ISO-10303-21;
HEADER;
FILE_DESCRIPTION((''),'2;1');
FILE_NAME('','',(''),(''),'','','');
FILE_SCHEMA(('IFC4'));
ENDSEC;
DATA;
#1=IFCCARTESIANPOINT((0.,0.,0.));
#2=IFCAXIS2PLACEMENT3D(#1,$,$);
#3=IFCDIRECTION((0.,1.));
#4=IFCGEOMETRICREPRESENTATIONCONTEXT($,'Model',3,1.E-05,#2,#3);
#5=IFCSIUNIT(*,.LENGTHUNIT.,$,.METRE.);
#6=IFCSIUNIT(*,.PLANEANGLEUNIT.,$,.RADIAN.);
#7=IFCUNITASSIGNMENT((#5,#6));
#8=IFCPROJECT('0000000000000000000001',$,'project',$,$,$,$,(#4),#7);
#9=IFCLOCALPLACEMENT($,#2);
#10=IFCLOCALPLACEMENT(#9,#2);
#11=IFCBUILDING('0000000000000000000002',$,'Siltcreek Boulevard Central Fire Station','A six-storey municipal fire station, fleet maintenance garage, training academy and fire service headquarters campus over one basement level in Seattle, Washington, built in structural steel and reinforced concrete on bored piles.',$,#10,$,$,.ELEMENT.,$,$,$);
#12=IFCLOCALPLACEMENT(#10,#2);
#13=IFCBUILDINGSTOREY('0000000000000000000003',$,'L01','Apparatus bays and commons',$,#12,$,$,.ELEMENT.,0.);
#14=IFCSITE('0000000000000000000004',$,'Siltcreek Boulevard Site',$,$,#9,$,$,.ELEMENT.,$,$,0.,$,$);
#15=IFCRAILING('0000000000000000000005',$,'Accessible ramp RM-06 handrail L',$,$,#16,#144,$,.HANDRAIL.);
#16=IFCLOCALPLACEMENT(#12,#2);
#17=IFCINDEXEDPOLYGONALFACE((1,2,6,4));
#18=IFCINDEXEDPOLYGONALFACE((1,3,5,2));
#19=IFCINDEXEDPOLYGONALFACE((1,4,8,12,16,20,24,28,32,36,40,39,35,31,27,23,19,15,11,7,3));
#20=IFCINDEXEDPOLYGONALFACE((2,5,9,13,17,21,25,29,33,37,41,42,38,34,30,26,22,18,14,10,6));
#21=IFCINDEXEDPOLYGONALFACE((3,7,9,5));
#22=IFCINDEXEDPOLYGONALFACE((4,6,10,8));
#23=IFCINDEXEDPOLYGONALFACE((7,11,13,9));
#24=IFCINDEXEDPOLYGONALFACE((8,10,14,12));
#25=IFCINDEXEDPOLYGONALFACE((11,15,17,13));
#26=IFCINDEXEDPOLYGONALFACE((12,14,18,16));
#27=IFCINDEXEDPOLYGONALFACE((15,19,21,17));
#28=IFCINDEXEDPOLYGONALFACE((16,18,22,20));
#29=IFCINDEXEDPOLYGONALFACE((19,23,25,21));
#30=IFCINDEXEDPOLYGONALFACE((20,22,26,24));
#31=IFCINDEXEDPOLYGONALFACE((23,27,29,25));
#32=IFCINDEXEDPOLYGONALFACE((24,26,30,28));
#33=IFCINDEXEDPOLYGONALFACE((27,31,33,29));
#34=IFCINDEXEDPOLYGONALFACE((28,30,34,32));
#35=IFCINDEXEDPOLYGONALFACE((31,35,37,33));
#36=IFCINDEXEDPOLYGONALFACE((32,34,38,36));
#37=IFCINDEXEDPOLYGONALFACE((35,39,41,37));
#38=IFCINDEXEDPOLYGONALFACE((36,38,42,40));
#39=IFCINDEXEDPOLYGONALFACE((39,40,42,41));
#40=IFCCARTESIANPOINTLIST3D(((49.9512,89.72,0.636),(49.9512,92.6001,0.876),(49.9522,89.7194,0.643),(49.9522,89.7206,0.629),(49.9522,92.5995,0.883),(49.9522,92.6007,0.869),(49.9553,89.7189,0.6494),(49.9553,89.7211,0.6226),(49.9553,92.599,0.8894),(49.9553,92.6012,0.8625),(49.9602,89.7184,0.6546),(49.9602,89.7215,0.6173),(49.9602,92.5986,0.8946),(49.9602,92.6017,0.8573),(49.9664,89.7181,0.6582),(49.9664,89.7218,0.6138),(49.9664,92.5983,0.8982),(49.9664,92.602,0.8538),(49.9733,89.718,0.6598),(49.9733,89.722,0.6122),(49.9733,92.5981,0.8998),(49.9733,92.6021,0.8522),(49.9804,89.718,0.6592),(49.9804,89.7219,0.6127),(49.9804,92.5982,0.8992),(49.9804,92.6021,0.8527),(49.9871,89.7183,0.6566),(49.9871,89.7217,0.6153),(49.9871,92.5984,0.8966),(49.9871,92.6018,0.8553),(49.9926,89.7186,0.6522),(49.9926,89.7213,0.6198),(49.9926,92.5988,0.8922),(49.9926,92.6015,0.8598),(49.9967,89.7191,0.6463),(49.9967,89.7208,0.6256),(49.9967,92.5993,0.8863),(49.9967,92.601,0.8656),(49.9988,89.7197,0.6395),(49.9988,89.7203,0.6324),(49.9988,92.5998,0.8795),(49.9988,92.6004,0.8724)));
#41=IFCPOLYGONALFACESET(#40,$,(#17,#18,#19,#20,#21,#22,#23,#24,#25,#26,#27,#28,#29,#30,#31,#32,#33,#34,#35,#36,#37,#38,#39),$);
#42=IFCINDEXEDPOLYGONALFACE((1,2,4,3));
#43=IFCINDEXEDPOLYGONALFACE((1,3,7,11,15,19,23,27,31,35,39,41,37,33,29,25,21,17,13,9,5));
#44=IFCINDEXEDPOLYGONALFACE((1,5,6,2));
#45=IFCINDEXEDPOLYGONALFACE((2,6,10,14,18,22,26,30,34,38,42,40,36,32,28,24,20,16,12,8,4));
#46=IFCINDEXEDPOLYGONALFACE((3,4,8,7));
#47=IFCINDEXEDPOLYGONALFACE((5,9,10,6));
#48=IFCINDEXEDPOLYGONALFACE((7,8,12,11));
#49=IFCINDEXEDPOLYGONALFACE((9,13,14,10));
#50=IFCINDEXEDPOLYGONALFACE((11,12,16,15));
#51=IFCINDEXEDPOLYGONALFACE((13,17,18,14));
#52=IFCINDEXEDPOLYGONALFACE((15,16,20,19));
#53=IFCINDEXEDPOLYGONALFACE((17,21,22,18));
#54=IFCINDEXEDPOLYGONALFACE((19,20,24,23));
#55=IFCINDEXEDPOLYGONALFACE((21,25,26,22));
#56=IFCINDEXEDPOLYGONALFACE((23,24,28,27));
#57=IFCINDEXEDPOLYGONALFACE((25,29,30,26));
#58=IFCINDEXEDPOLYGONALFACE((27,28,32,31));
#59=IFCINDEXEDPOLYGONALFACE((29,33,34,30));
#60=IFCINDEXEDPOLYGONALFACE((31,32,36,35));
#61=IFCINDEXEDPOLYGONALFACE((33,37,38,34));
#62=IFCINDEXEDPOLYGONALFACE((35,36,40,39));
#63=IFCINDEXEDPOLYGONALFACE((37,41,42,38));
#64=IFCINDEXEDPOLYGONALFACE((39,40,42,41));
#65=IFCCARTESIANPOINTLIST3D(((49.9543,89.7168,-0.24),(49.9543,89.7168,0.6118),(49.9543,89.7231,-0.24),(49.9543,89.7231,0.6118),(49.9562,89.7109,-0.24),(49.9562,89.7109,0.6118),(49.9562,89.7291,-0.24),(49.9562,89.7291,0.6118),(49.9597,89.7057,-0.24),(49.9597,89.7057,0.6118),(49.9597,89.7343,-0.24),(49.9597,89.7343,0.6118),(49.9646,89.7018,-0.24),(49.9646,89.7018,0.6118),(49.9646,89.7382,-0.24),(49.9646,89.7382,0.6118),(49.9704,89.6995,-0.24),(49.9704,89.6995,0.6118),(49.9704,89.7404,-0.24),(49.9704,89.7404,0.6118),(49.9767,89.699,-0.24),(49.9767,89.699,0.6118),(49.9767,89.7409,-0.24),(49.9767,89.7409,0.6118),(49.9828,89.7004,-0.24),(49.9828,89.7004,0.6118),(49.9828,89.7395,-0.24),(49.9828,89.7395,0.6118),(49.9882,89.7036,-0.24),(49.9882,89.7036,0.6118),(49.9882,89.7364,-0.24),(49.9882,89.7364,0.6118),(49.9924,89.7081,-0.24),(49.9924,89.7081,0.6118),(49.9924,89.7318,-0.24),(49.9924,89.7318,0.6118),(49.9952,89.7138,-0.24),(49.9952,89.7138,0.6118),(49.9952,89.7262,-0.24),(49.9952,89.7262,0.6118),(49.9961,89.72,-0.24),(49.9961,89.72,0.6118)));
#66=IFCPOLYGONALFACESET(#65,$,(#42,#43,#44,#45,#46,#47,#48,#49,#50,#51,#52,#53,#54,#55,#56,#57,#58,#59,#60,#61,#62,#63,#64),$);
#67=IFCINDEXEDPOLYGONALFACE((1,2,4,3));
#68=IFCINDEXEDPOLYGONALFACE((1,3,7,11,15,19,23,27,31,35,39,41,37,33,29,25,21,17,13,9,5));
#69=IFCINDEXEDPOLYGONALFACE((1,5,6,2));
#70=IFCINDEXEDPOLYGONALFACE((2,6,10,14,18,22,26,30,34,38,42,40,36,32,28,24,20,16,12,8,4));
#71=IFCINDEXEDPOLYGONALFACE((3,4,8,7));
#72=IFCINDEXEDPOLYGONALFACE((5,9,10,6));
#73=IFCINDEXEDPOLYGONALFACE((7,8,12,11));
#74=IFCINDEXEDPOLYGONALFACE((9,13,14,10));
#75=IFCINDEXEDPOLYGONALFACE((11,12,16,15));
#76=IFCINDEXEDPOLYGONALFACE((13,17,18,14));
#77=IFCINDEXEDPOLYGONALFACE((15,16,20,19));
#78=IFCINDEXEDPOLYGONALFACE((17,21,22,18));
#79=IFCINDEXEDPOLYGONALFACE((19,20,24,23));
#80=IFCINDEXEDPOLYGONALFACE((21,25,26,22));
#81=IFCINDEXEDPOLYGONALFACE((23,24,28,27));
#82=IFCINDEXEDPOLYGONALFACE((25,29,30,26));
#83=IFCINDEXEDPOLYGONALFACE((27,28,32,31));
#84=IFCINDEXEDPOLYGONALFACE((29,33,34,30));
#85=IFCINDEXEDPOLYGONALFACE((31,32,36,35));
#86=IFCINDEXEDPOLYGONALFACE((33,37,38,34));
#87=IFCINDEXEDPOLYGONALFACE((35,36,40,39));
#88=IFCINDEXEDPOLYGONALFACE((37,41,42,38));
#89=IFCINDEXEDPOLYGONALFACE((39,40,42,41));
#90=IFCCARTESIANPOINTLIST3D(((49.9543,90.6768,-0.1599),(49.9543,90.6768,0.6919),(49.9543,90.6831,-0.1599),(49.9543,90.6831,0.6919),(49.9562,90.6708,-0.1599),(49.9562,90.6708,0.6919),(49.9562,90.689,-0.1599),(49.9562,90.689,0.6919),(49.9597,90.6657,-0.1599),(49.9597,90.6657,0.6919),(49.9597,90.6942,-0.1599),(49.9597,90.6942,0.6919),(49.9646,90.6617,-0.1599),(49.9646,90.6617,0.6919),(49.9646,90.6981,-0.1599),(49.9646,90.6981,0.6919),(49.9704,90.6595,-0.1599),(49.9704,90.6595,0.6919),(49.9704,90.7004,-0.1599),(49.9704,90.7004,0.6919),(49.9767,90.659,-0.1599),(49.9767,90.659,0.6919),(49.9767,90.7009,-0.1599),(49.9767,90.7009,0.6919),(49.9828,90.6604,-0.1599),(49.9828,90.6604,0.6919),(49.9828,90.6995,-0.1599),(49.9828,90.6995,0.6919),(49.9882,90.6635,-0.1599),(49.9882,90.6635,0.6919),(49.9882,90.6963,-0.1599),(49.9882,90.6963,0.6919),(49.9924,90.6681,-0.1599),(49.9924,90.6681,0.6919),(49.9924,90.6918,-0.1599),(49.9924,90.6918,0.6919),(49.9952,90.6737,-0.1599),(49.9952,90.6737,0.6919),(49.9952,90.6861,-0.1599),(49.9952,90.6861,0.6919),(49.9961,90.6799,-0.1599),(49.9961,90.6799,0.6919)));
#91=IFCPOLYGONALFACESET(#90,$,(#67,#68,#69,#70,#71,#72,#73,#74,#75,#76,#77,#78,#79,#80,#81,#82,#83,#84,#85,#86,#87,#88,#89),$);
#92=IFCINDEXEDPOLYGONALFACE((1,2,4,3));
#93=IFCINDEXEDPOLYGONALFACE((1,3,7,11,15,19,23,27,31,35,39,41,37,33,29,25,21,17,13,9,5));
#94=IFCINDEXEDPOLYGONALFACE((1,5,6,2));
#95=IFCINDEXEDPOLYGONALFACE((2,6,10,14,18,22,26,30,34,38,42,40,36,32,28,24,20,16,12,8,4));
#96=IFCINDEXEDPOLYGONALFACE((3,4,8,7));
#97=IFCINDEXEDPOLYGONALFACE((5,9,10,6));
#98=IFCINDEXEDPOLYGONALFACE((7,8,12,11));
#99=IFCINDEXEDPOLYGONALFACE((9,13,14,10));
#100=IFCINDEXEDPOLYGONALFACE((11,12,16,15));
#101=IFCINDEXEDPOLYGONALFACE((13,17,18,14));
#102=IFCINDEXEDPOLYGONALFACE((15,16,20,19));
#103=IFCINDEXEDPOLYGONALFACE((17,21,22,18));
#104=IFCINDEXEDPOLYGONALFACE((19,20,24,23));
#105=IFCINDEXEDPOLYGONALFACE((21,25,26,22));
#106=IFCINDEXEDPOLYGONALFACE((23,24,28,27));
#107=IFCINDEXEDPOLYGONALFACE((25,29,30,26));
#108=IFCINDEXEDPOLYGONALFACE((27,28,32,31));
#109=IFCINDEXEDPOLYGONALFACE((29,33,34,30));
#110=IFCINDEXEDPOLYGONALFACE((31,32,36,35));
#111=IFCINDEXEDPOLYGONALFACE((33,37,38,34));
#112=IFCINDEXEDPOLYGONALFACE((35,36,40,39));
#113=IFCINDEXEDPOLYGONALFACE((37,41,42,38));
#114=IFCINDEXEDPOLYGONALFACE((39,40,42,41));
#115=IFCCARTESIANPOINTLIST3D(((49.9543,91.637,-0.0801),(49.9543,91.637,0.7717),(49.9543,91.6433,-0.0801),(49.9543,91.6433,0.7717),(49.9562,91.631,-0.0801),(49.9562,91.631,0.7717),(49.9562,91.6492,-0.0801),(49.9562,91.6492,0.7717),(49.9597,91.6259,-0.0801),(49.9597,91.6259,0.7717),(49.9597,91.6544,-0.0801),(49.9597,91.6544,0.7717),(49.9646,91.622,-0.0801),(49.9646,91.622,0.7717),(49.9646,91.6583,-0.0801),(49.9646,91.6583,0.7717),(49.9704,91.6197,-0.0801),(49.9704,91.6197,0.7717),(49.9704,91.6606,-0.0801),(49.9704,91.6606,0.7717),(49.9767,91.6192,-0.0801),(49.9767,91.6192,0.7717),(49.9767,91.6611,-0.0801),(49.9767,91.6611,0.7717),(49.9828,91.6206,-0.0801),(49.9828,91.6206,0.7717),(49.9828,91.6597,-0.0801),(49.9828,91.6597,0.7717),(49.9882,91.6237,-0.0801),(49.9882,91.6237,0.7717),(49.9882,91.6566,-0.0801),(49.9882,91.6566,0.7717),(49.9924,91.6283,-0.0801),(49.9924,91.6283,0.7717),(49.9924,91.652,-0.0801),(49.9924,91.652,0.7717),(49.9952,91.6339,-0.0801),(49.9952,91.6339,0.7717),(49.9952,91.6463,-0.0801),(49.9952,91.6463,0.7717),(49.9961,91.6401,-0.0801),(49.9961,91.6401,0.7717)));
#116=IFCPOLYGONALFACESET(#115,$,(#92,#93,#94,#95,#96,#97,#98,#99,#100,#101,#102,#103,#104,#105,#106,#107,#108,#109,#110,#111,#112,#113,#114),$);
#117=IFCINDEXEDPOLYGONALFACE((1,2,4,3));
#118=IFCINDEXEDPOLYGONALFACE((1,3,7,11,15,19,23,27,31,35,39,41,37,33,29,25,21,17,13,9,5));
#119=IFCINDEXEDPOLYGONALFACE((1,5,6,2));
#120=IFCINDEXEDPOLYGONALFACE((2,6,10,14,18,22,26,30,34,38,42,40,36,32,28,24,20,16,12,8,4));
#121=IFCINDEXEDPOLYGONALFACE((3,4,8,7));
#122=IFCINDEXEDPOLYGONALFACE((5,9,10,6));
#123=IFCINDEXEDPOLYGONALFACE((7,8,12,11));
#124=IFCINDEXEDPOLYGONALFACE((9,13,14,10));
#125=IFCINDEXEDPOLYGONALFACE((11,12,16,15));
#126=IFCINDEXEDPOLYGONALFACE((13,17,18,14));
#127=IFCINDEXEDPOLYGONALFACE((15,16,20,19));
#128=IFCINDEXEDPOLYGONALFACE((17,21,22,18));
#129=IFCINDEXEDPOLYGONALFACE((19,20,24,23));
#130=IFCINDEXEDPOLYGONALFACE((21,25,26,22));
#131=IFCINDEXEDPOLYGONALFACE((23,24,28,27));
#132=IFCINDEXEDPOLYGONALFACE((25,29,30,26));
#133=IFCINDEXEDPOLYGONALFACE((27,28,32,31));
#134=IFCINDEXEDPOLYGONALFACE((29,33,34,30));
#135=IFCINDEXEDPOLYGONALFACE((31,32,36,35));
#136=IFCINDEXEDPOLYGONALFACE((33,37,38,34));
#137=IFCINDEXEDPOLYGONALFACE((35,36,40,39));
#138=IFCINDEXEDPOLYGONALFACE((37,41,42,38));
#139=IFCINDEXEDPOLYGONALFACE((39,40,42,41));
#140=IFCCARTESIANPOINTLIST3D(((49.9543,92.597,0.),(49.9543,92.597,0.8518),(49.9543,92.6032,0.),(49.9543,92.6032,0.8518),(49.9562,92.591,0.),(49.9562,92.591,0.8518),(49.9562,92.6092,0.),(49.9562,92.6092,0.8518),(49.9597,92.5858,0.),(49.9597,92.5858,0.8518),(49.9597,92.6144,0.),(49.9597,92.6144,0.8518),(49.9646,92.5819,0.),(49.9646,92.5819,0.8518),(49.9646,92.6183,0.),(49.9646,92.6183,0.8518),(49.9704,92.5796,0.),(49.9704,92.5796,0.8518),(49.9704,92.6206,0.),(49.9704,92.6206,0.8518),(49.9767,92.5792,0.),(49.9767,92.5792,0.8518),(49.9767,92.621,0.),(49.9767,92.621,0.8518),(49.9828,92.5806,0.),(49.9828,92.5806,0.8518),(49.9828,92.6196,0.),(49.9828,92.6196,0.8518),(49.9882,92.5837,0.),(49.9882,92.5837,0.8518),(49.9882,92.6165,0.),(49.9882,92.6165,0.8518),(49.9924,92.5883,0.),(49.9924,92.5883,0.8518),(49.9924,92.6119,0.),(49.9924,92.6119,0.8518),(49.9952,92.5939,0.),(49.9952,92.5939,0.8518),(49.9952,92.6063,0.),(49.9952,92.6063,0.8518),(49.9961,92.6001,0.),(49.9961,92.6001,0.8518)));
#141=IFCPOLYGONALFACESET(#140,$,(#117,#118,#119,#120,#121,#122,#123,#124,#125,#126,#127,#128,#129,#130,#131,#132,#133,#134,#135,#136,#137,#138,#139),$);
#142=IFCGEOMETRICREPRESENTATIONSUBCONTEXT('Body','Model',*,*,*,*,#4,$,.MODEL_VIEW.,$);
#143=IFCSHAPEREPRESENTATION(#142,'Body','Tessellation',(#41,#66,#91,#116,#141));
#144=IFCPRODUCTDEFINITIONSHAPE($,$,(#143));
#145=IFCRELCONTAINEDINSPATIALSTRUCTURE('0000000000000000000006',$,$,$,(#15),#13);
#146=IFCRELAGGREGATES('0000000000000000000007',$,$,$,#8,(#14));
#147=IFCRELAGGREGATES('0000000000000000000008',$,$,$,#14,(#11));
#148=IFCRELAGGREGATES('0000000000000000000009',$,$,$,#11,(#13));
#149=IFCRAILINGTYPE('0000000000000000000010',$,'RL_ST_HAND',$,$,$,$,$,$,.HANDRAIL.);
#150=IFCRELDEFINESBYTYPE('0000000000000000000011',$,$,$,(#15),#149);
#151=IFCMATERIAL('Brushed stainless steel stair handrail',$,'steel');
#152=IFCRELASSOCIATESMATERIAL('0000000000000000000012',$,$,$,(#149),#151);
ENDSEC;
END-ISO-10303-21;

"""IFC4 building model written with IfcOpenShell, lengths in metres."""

from ifc_helpers import new_model, si_unit, direction, frame, origin, origin_2d, place, context, subcontext, project, spatial, circle, extrude, material, type_object, element, save


model = new_model("IFC4")

# Units and contexts
model_context = context("Model", 3, precision=1e-05, world=origin(), true_north=direction((0.0, 1.0)))
body_context = subcontext(model_context, "Body", "Model", "MODEL_VIEW")
ifc_project = project(units=[si_unit("LENGTHUNIT", "METRE"), si_unit("PLANEANGLEUNIT", "RADIAN")], contexts=[model_context])

# Site, building, storey
site_placement = place(None, origin())
site = spatial("IfcSite", under=ifc_project, at=site_placement, Name="Siltcreek Boulevard Site", CompositionType="ELEMENT", RefElevation=0.0)
building_placement = place(site_placement, origin())
building = spatial("IfcBuilding", under=site, at=building_placement, Name="Siltcreek Boulevard Central Fire Station", Description="A six-storey municipal fire station, fleet maintenance garage, training academy and fire service headquarters campus over one basement level in Seattle, Washington, built in structural steel and reinforced concrete on bored piles.", CompositionType="ELEMENT")
storey_placement = place(building_placement, origin())
storey = spatial("IfcBuildingStorey", under=building, at=storey_placement, Name="L01", Description="Apparatus bays and commons", CompositionType="ELEMENT", Elevation=0.0)

# Railing
ifc_material_1 = material(Name="Brushed stainless steel stair handrail", Category="steel")
railing_type = type_object("IfcRailingType", Name="RL_ST_HAND", PredefinedType="HANDRAIL", material=ifc_material_1)
for number, where, name in (
    (1, (49.9751, 89.72, -0.24), "Accessible ramp RM-06 handrail L"),
):
    element("IfcRailing", number, at=place(storey_placement, frame(where)), inside=storey, type_object=railing_type, Name=name, PredefinedType="HANDRAIL", context=body_context, shape_type="SweptSolid", body=[
        extrude(circle(Radius=0.0239, at=origin_2d()), frame((0.0, 0.0, 0.876), z_axis=(0.0, 0.996546, 0.083038), x_axis=(-1.0, 0.0, 0.0)), (0.0, 0.0, 1.0), 2.8901),
        extrude(circle(Radius=0.021, at=origin_2d()), origin(), (0.0, 0.0, 1.0), 0.8518),
        extrude(circle(Radius=0.021, at=origin_2d()), frame((0.0, 0.96, 0.0801)), (0.0, 0.0, 1.0), 0.8518),
        extrude(circle(Radius=0.021, at=origin_2d()), frame((0.0, 1.9202, 0.1599)), (0.0, 0.0, 1.0), 0.8518),
        extrude(circle(Radius=0.021, at=origin_2d()), frame((0.0, 2.8801, 0.24)), (0.0, 0.0, 1.0), 0.8518),
    ])

save(model, "model.ifc")
